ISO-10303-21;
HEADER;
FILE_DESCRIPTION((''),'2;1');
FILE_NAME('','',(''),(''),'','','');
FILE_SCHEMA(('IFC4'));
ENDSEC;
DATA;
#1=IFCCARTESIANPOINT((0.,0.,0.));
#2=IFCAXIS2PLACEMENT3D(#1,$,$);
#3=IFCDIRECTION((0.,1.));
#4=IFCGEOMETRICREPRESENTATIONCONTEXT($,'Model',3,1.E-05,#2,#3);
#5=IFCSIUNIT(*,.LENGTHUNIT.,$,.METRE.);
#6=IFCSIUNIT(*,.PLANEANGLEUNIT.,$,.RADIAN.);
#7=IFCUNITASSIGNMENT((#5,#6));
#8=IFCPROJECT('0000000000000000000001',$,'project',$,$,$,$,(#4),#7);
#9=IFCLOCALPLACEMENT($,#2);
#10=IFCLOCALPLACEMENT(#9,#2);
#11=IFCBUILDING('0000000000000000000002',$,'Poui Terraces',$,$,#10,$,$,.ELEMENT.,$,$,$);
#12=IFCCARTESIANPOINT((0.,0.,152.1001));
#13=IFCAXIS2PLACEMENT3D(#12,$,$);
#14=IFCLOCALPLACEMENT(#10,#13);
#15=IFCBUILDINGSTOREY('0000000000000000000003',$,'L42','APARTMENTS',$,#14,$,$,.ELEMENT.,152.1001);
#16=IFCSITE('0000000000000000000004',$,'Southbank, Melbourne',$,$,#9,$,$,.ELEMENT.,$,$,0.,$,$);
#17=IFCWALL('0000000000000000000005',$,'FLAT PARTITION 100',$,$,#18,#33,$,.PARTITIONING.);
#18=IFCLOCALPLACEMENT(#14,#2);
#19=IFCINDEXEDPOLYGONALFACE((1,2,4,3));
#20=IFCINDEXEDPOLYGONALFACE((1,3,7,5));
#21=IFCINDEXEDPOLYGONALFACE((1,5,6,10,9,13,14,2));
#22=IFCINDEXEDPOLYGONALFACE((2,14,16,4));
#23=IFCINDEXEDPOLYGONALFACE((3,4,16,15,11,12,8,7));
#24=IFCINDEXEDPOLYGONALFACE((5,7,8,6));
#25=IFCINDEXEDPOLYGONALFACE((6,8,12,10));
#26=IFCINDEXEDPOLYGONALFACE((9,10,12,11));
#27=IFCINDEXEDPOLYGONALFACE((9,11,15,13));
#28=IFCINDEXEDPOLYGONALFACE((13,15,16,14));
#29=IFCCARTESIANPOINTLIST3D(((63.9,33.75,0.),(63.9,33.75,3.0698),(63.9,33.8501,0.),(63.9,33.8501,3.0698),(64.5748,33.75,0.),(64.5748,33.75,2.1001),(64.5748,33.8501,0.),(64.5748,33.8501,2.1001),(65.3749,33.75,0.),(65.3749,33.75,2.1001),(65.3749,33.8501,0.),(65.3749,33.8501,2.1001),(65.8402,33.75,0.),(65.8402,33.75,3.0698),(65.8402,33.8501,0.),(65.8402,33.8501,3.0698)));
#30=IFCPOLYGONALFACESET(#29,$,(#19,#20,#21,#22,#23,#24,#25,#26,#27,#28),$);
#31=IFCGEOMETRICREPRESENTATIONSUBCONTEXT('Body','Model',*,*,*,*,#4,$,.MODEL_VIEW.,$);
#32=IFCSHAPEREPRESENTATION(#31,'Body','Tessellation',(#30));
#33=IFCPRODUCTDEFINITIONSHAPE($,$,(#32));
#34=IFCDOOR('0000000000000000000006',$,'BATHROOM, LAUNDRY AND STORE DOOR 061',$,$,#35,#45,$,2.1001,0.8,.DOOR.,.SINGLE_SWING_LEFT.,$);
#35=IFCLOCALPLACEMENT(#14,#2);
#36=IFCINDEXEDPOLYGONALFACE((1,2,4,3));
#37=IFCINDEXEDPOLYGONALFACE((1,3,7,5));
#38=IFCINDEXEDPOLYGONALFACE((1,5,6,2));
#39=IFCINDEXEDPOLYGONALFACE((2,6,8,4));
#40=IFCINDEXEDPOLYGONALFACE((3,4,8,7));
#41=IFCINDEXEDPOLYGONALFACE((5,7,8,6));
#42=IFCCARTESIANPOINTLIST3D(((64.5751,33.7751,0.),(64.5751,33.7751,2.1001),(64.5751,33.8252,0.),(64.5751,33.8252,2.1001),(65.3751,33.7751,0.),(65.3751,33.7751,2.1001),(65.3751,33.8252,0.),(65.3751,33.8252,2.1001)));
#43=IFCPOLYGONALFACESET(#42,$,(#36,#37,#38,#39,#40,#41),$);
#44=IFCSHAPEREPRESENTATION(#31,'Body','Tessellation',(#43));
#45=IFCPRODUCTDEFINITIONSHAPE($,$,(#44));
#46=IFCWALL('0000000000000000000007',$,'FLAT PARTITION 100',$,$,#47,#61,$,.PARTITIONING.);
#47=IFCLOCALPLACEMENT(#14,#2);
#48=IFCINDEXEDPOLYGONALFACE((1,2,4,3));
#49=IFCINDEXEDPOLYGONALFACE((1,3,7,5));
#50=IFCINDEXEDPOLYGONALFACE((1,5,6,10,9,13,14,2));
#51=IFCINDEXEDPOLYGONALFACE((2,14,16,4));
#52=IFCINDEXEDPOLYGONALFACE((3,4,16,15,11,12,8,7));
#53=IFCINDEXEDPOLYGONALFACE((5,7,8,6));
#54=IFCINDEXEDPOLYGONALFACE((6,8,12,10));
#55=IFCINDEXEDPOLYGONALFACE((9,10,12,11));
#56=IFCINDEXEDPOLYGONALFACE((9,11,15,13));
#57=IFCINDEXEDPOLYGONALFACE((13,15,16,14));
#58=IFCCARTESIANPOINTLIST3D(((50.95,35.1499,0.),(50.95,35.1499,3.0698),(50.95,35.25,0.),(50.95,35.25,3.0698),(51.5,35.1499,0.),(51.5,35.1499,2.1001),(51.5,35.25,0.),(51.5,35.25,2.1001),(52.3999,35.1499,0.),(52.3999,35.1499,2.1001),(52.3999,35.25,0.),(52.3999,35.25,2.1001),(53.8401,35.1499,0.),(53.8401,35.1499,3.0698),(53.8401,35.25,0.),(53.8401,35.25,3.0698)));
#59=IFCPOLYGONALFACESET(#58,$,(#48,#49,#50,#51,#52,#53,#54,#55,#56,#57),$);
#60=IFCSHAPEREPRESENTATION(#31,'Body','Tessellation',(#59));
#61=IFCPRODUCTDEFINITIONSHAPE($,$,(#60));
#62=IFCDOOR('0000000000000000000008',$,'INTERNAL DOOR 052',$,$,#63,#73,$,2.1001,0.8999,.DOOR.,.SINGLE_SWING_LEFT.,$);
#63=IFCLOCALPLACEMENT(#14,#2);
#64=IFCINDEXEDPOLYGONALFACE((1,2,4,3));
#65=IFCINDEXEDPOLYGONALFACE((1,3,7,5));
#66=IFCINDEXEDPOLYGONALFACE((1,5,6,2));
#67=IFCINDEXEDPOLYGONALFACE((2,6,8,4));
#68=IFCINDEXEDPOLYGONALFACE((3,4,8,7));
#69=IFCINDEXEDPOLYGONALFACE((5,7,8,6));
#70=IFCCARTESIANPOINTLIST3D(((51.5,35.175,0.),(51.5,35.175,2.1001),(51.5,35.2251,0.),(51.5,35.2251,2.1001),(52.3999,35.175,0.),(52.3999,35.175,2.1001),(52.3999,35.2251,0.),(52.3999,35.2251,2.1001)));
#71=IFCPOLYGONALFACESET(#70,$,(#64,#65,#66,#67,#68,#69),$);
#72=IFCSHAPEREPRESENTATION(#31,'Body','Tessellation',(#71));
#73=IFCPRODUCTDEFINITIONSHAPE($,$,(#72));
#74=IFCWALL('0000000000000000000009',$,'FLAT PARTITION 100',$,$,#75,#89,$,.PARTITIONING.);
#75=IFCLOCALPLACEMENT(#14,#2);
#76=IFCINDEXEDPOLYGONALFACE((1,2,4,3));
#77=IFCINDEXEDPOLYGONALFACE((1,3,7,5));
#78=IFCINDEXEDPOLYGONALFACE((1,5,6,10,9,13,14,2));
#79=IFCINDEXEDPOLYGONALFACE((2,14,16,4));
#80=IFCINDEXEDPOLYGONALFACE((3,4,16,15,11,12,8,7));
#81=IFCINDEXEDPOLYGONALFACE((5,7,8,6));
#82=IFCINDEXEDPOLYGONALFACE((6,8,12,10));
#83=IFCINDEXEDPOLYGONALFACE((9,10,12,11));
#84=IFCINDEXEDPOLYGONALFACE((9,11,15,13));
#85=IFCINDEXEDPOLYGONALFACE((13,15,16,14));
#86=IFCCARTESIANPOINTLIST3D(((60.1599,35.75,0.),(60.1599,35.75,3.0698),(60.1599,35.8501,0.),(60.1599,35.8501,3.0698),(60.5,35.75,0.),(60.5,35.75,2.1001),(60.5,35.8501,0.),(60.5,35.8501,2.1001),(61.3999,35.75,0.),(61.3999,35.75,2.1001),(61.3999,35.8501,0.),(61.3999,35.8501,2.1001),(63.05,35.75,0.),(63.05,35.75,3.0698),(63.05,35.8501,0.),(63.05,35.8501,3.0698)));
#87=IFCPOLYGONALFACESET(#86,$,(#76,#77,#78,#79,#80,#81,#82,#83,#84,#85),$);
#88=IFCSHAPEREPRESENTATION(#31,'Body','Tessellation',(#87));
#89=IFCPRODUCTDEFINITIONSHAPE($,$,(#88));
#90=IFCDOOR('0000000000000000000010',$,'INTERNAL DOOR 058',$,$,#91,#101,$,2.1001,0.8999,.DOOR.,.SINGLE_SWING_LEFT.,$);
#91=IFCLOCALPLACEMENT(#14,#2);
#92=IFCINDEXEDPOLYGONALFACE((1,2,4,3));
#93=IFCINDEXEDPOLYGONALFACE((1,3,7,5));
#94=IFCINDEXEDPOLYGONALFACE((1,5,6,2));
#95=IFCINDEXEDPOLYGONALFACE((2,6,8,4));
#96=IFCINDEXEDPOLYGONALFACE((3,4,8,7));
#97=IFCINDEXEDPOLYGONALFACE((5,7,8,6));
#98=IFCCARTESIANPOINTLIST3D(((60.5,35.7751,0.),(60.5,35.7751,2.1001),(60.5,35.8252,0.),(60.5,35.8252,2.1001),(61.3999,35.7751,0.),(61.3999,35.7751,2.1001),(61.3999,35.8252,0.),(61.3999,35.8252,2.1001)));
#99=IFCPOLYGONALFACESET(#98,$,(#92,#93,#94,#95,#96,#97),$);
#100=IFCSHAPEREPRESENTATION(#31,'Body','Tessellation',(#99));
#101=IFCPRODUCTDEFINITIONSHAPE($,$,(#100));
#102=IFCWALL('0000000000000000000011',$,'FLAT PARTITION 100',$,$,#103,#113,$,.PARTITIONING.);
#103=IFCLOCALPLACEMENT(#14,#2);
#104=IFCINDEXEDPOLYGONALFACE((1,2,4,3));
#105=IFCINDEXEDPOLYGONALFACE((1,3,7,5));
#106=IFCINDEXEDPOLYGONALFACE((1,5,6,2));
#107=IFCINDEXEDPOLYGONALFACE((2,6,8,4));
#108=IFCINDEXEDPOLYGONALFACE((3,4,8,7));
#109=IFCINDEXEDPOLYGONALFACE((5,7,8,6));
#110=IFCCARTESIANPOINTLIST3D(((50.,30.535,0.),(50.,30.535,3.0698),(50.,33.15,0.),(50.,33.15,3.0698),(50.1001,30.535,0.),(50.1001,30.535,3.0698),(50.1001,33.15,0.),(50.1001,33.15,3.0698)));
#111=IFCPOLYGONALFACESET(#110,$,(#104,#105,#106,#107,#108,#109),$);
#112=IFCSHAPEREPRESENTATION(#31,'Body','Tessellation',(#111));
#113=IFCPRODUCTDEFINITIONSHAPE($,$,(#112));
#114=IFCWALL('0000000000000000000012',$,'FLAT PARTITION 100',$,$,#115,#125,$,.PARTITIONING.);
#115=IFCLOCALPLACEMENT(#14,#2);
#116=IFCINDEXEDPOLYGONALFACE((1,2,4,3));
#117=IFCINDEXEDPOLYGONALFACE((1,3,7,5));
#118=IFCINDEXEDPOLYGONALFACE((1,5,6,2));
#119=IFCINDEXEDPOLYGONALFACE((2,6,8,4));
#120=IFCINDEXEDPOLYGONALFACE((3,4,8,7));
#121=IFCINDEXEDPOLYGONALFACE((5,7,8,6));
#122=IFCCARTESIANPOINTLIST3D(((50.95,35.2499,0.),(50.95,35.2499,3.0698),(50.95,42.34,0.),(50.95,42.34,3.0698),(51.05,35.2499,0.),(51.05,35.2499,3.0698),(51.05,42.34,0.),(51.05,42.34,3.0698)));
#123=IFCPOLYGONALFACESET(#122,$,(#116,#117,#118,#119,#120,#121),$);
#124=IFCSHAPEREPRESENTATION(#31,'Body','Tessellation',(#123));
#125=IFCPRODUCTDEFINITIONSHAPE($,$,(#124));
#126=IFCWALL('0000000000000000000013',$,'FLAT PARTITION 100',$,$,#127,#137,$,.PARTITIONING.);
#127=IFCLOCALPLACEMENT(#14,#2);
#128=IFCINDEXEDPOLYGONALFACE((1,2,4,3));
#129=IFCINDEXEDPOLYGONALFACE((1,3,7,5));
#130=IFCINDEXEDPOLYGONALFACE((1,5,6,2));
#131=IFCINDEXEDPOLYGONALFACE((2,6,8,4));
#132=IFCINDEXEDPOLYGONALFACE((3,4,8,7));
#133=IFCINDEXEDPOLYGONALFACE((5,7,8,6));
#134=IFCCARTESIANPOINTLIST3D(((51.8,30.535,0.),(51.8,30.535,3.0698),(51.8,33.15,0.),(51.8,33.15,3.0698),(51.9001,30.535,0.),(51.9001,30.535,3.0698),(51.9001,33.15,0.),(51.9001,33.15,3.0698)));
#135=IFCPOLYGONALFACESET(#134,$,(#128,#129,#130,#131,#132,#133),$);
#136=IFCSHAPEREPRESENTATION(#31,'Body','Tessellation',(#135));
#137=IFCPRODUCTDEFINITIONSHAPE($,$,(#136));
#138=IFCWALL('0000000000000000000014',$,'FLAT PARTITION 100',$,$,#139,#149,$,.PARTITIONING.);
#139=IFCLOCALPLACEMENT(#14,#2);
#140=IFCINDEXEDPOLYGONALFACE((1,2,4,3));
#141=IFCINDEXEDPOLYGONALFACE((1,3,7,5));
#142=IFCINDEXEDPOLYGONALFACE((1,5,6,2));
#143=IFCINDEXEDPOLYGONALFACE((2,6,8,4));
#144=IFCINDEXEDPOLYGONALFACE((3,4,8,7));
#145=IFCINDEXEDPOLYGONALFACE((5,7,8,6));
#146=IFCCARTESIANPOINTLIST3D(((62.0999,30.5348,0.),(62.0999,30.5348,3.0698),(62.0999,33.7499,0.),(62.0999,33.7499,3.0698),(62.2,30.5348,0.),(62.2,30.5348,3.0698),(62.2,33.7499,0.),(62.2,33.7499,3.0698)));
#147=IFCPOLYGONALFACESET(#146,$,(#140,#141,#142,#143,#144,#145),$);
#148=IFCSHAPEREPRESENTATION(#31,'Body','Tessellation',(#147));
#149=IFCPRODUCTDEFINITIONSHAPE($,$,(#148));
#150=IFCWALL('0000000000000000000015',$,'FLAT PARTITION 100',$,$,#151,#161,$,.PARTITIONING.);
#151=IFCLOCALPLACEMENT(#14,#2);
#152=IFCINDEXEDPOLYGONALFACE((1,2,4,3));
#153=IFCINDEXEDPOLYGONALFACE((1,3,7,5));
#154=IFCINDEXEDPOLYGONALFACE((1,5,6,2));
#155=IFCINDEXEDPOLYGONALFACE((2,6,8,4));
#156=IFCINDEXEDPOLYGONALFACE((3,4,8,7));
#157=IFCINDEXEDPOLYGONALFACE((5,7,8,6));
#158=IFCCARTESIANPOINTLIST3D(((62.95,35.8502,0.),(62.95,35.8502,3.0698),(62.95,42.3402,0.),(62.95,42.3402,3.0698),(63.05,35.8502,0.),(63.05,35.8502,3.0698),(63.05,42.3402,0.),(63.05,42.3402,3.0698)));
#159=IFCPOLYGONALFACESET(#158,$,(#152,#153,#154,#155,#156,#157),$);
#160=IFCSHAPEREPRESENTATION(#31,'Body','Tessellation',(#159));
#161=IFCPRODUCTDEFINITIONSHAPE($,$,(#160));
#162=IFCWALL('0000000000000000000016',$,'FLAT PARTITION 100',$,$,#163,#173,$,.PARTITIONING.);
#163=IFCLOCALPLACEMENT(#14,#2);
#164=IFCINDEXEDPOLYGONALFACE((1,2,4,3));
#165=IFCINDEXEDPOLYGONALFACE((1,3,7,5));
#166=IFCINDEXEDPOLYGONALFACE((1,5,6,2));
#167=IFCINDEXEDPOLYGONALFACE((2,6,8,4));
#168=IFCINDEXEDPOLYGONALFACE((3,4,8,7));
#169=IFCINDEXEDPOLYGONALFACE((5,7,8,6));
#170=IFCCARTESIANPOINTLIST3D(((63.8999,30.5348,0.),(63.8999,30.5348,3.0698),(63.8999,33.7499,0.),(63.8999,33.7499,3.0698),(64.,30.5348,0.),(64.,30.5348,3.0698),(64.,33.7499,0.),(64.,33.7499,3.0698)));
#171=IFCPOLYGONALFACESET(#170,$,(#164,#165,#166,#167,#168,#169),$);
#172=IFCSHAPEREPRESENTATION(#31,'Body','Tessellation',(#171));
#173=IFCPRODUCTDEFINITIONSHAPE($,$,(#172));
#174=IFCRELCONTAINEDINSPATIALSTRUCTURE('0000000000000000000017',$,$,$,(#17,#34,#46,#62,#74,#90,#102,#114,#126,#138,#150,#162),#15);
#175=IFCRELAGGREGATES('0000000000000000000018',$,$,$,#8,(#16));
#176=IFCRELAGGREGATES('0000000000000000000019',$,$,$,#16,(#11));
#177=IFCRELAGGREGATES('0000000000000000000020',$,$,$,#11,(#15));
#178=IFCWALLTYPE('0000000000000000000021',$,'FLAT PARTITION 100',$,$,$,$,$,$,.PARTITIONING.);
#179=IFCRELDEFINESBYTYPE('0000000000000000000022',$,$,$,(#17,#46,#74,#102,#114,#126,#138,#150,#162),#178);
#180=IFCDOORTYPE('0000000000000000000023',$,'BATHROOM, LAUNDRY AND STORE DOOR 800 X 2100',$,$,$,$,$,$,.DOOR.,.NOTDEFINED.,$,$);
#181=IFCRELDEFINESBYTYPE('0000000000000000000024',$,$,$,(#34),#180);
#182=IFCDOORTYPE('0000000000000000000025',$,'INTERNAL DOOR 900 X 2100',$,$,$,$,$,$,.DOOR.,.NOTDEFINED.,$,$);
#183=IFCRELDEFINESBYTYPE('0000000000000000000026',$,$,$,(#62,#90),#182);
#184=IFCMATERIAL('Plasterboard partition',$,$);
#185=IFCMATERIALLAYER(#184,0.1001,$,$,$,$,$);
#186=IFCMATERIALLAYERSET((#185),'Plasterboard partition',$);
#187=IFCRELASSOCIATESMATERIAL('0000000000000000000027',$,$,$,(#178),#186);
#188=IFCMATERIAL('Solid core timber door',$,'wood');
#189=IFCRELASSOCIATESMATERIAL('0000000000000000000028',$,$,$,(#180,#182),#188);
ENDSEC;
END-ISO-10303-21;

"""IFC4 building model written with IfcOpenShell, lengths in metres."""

from ifc_helpers import new_model, si_unit, direction, frame, frame_2d, origin, place, context, subcontext, project, spatial, rectangle, extrude, material, layer, layer_set, type_object, element, fill, save


model = new_model("IFC4")

# Units and contexts
model_context = context("Model", 3, precision=1e-05, world=origin(), true_north=direction((0.0, 1.0)))
body_context = subcontext(model_context, "Body", "Model", "MODEL_VIEW")
ifc_project = project(units=[si_unit("LENGTHUNIT", "METRE"), si_unit("PLANEANGLEUNIT", "RADIAN")], contexts=[model_context])

# Site, building, storey
site_placement = place(None, origin())
site = spatial("IfcSite", under=ifc_project, at=site_placement, Name="Southbank, Melbourne", CompositionType="ELEMENT", RefElevation=0.0)
building_placement = place(site_placement, origin())
building = spatial("IfcBuilding", under=site, at=building_placement, Name="Poui Terraces", CompositionType="ELEMENT")
storey_placement = place(building_placement, frame((0.0, 0.0, 152.1001)))
storey = spatial("IfcBuildingStorey", under=building, at=storey_placement, Name="L42", Description="APARTMENTS", CompositionType="ELEMENT", Elevation=152.1001)

# Walls, openings, doors
ifc_material_1 = material(Name="Plasterboard partition")
ifc_layer_1 = layer(ifc_material_1, 0.1001)
ifc_layer_set_1 = layer_set([ifc_layer_1], Name="Plasterboard partition")
wall_type_1 = type_object("IfcWallType", Name="FLAT PARTITION 100", PredefinedType="PARTITIONING", material=ifc_layer_set_1)
ifc_material_2 = material(Name="Solid core timber door", Category="wood")
door_type_1 = type_object("IfcDoorType", Name="BATHROOM, LAUNDRY AND STORE DOOR 800 X 2100", OperationType="NOTDEFINED", PredefinedType="DOOR", material=ifc_material_2)
door_type_2 = type_object("IfcDoorType", Name="INTERNAL DOOR 900 X 2100", OperationType="NOTDEFINED", PredefinedType="DOOR", material=ifc_material_2)
wall_1_placement = place(storey_placement, frame((63.8999, 33.8, 0.0), z_axis=(0.0, 0.0, 1.0), x_axis=(1.0, 0.0, 0.0)))
wall_1 = element("IfcWall", 1, at=wall_1_placement, inside=storey, type_object=wall_type_1, Name="FLAT PARTITION 100", PredefinedType="PARTITIONING", context=body_context, shape_type="SweptSolid", body=[
    extrude(rectangle(XDim=1.9402, YDim=0.1001, at=frame_2d((0.9702, 0.0))), origin(), (0.0, 0.0, 1.0), 3.0698),
])
opening_1_placement = place(wall_1_placement, frame((0.675, 0.0, 0.0)))
opening_1 = element("IfcOpeningElement", 2, at=opening_1_placement, cuts=wall_1, PredefinedType="OPENING", context=body_context, shape_type="SweptSolid", body=[
    extrude(rectangle(XDim=0.8, YDim=2.1001, at=frame_2d((0.3999, 1.05))), frame((0.0, 0.0601, 0.0), z_axis=(0.0, -1.0, 0.0), x_axis=(1.0, 0.0, 0.0)), (0.0, 0.0, 1.0), 0.1201),
])
door_1_placement = place(opening_1_placement, frame((0.8, 0.0, 0.0), z_axis=(0.0, 0.0, 1.0), x_axis=(-1.0, 0.0, 0.0)))
door_1 = element("IfcDoor", 3, at=door_1_placement, inside=storey, type_object=door_type_1, Name="BATHROOM, LAUNDRY AND STORE DOOR 061", OperationType="SINGLE_SWING_LEFT", OverallHeight=2.1001, OverallWidth=0.8, PredefinedType="DOOR", context=body_context, shape_type="SweptSolid", body=[
    extrude(rectangle(XDim=0.8, YDim=2.1001, at=frame_2d((0.3999, 1.05))), frame((0.0, 0.0249, 0.0), z_axis=(0.0, -1.0, 0.0), x_axis=(1.0, 0.0, 0.0)), (0.0, 0.0, 1.0), 0.05),
])
fill(opening_1, door_1)
wall_2_placement = place(storey_placement, frame((50.95, 35.2, 0.0), z_axis=(0.0, 0.0, 1.0), x_axis=(1.0, 0.0, 0.0)))
wall_2 = element("IfcWall", 4, at=wall_2_placement, inside=storey, type_object=wall_type_1, Name="FLAT PARTITION 100", PredefinedType="PARTITIONING", context=body_context, shape_type="SweptSolid", body=[
    extrude(rectangle(XDim=2.8901, YDim=0.1001, at=frame_2d((1.4451, 0.0))), origin(), (0.0, 0.0, 1.0), 3.0698),
])
opening_2_placement = place(wall_2_placement, frame((0.55, 0.0, 0.0)))
opening_2 = element("IfcOpeningElement", 5, at=opening_2_placement, cuts=wall_2, PredefinedType="OPENING", context=body_context, shape_type="SweptSolid", body=[
    extrude(rectangle(XDim=0.8999, YDim=2.1001, at=frame_2d((0.45, 1.05))), frame((0.0, 0.0601, 0.0), z_axis=(0.0, -1.0, 0.0), x_axis=(1.0, 0.0, 0.0)), (0.0, 0.0, 1.0), 0.1201),
])
door_2_placement = place(opening_2_placement, frame((0.8999, 0.0, 0.0), z_axis=(0.0, 0.0, 1.0), x_axis=(-1.0, 0.0, 0.0)))
door_2 = element("IfcDoor", 6, at=door_2_placement, inside=storey, type_object=door_type_2, Name="INTERNAL DOOR 052", OperationType="SINGLE_SWING_LEFT", OverallHeight=2.1001, OverallWidth=0.8999, PredefinedType="DOOR", context=body_context, shape_type="SweptSolid", body=[
    extrude(rectangle(XDim=0.8999, YDim=2.1001, at=frame_2d((0.45, 1.05))), frame((0.0, 0.0249, 0.0), z_axis=(0.0, -1.0, 0.0), x_axis=(1.0, 0.0, 0.0)), (0.0, 0.0, 1.0), 0.05),
])
fill(opening_2, door_2)
wall_3_placement = place(storey_placement, frame((60.1599, 35.8, 0.0), z_axis=(0.0, 0.0, 1.0), x_axis=(1.0, 0.0, 0.0)))
wall_3 = element("IfcWall", 7, at=wall_3_placement, inside=storey, type_object=wall_type_1, Name="FLAT PARTITION 100", PredefinedType="PARTITIONING", context=body_context, shape_type="SweptSolid", body=[
    extrude(rectangle(XDim=2.8901, YDim=0.1001, at=frame_2d((1.4451, 0.0))), origin(), (0.0, 0.0, 1.0), 3.0698),
])
opening_3_placement = place(wall_3_placement, frame((0.3401, 0.0, 0.0)))
opening_3 = element("IfcOpeningElement", 8, at=opening_3_placement, cuts=wall_3, PredefinedType="OPENING", context=body_context, shape_type="SweptSolid", body=[
    extrude(rectangle(XDim=0.8999, YDim=2.1001, at=frame_2d((0.45, 1.05))), frame((0.0, 0.0601, 0.0), z_axis=(0.0, -1.0, 0.0), x_axis=(1.0, 0.0, 0.0)), (0.0, 0.0, 1.0), 0.1201),
])
door_3_placement = place(opening_3_placement, frame((0.8999, 0.0, 0.0), z_axis=(0.0, 0.0, 1.0), x_axis=(-1.0, 0.0, 0.0)))
door_3 = element("IfcDoor", 9, at=door_3_placement, inside=storey, type_object=door_type_2, Name="INTERNAL DOOR 058", OperationType="SINGLE_SWING_LEFT", OverallHeight=2.1001, OverallWidth=0.8999, PredefinedType="DOOR", context=body_context, shape_type="SweptSolid", body=[
    extrude(rectangle(XDim=0.8999, YDim=2.1001, at=frame_2d((0.45, 1.05))), frame((0.0, 0.0249, 0.0), z_axis=(0.0, -1.0, 0.0), x_axis=(1.0, 0.0, 0.0)), (0.0, 0.0, 1.0), 0.05),
])
fill(opening_3, door_3)

# Walls
wall_4_placement = place(storey_placement, frame((50.05, 30.5349, 0.0), z_axis=(0.0, 0.0, 1.0), x_axis=(0.0, 1.0, 0.0)))
element("IfcWall", 10, at=wall_4_placement, inside=storey, type_object=wall_type_1, Name="FLAT PARTITION 100", PredefinedType="PARTITIONING", context=body_context, shape_type="SweptSolid", body=[
    extrude(rectangle(XDim=2.615, YDim=0.1001, at=frame_2d((1.3076, 0.0))), origin(), (0.0, 0.0, 1.0), 3.0698),
])
wall_5_placement = place(storey_placement, frame((51.0, 35.25, 0.0), z_axis=(0.0, 0.0, 1.0), x_axis=(0.0, 1.0, 0.0)))
element("IfcWall", 11, at=wall_5_placement, inside=storey, type_object=wall_type_1, Name="FLAT PARTITION 100", PredefinedType="PARTITIONING", context=body_context, shape_type="SweptSolid", body=[
    extrude(rectangle(XDim=7.0901, YDim=0.1001, at=frame_2d((3.5449, 0.0))), origin(), (0.0, 0.0, 1.0), 3.0698),
])
wall_6_placement = place(storey_placement, frame((51.8501, 30.5349, 0.0), z_axis=(0.0, 0.0, 1.0), x_axis=(0.0, 1.0, 0.0)))
element("IfcWall", 12, at=wall_6_placement, inside=storey, type_object=wall_type_1, Name="FLAT PARTITION 100", PredefinedType="PARTITIONING", context=body_context, shape_type="SweptSolid", body=[
    extrude(rectangle(XDim=2.615, YDim=0.1001, at=frame_2d((1.3076, 0.0))), origin(), (0.0, 0.0, 1.0), 3.0698),
])
wall_7_placement = place(storey_placement, frame((62.1499, 30.5349, 0.0), z_axis=(0.0, 0.0, 1.0), x_axis=(0.0, 1.0, 0.0)))
element("IfcWall", 13, at=wall_7_placement, inside=storey, type_object=wall_type_1, Name="FLAT PARTITION 100", PredefinedType="PARTITIONING", context=body_context, shape_type="SweptSolid", body=[
    extrude(rectangle(XDim=3.2151, YDim=0.1001, at=frame_2d((1.6074, 0.0))), origin(), (0.0, 0.0, 1.0), 3.0698),
])
wall_8_placement = place(storey_placement, frame((63.0, 35.8501, 0.0), z_axis=(0.0, 0.0, 1.0), x_axis=(0.0, 1.0, 0.0)))
element("IfcWall", 14, at=wall_8_placement, inside=storey, type_object=wall_type_1, Name="FLAT PARTITION 100", PredefinedType="PARTITIONING", context=body_context, shape_type="SweptSolid", body=[
    extrude(rectangle(XDim=6.49, YDim=0.1001, at=frame_2d((3.2451, 0.0))), origin(), (0.0, 0.0, 1.0), 3.0698),
])
wall_9_placement = place(storey_placement, frame((63.95, 30.5349, 0.0), z_axis=(0.0, 0.0, 1.0), x_axis=(0.0, 1.0, 0.0)))
element("IfcWall", 15, at=wall_9_placement, inside=storey, type_object=wall_type_1, Name="FLAT PARTITION 100", PredefinedType="PARTITIONING", context=body_context, shape_type="SweptSolid", body=[
    extrude(rectangle(XDim=3.2151, YDim=0.1001, at=frame_2d((1.6074, 0.0))), origin(), (0.0, 0.0, 1.0), 3.0698),
])

save(model, "model.ifc")
